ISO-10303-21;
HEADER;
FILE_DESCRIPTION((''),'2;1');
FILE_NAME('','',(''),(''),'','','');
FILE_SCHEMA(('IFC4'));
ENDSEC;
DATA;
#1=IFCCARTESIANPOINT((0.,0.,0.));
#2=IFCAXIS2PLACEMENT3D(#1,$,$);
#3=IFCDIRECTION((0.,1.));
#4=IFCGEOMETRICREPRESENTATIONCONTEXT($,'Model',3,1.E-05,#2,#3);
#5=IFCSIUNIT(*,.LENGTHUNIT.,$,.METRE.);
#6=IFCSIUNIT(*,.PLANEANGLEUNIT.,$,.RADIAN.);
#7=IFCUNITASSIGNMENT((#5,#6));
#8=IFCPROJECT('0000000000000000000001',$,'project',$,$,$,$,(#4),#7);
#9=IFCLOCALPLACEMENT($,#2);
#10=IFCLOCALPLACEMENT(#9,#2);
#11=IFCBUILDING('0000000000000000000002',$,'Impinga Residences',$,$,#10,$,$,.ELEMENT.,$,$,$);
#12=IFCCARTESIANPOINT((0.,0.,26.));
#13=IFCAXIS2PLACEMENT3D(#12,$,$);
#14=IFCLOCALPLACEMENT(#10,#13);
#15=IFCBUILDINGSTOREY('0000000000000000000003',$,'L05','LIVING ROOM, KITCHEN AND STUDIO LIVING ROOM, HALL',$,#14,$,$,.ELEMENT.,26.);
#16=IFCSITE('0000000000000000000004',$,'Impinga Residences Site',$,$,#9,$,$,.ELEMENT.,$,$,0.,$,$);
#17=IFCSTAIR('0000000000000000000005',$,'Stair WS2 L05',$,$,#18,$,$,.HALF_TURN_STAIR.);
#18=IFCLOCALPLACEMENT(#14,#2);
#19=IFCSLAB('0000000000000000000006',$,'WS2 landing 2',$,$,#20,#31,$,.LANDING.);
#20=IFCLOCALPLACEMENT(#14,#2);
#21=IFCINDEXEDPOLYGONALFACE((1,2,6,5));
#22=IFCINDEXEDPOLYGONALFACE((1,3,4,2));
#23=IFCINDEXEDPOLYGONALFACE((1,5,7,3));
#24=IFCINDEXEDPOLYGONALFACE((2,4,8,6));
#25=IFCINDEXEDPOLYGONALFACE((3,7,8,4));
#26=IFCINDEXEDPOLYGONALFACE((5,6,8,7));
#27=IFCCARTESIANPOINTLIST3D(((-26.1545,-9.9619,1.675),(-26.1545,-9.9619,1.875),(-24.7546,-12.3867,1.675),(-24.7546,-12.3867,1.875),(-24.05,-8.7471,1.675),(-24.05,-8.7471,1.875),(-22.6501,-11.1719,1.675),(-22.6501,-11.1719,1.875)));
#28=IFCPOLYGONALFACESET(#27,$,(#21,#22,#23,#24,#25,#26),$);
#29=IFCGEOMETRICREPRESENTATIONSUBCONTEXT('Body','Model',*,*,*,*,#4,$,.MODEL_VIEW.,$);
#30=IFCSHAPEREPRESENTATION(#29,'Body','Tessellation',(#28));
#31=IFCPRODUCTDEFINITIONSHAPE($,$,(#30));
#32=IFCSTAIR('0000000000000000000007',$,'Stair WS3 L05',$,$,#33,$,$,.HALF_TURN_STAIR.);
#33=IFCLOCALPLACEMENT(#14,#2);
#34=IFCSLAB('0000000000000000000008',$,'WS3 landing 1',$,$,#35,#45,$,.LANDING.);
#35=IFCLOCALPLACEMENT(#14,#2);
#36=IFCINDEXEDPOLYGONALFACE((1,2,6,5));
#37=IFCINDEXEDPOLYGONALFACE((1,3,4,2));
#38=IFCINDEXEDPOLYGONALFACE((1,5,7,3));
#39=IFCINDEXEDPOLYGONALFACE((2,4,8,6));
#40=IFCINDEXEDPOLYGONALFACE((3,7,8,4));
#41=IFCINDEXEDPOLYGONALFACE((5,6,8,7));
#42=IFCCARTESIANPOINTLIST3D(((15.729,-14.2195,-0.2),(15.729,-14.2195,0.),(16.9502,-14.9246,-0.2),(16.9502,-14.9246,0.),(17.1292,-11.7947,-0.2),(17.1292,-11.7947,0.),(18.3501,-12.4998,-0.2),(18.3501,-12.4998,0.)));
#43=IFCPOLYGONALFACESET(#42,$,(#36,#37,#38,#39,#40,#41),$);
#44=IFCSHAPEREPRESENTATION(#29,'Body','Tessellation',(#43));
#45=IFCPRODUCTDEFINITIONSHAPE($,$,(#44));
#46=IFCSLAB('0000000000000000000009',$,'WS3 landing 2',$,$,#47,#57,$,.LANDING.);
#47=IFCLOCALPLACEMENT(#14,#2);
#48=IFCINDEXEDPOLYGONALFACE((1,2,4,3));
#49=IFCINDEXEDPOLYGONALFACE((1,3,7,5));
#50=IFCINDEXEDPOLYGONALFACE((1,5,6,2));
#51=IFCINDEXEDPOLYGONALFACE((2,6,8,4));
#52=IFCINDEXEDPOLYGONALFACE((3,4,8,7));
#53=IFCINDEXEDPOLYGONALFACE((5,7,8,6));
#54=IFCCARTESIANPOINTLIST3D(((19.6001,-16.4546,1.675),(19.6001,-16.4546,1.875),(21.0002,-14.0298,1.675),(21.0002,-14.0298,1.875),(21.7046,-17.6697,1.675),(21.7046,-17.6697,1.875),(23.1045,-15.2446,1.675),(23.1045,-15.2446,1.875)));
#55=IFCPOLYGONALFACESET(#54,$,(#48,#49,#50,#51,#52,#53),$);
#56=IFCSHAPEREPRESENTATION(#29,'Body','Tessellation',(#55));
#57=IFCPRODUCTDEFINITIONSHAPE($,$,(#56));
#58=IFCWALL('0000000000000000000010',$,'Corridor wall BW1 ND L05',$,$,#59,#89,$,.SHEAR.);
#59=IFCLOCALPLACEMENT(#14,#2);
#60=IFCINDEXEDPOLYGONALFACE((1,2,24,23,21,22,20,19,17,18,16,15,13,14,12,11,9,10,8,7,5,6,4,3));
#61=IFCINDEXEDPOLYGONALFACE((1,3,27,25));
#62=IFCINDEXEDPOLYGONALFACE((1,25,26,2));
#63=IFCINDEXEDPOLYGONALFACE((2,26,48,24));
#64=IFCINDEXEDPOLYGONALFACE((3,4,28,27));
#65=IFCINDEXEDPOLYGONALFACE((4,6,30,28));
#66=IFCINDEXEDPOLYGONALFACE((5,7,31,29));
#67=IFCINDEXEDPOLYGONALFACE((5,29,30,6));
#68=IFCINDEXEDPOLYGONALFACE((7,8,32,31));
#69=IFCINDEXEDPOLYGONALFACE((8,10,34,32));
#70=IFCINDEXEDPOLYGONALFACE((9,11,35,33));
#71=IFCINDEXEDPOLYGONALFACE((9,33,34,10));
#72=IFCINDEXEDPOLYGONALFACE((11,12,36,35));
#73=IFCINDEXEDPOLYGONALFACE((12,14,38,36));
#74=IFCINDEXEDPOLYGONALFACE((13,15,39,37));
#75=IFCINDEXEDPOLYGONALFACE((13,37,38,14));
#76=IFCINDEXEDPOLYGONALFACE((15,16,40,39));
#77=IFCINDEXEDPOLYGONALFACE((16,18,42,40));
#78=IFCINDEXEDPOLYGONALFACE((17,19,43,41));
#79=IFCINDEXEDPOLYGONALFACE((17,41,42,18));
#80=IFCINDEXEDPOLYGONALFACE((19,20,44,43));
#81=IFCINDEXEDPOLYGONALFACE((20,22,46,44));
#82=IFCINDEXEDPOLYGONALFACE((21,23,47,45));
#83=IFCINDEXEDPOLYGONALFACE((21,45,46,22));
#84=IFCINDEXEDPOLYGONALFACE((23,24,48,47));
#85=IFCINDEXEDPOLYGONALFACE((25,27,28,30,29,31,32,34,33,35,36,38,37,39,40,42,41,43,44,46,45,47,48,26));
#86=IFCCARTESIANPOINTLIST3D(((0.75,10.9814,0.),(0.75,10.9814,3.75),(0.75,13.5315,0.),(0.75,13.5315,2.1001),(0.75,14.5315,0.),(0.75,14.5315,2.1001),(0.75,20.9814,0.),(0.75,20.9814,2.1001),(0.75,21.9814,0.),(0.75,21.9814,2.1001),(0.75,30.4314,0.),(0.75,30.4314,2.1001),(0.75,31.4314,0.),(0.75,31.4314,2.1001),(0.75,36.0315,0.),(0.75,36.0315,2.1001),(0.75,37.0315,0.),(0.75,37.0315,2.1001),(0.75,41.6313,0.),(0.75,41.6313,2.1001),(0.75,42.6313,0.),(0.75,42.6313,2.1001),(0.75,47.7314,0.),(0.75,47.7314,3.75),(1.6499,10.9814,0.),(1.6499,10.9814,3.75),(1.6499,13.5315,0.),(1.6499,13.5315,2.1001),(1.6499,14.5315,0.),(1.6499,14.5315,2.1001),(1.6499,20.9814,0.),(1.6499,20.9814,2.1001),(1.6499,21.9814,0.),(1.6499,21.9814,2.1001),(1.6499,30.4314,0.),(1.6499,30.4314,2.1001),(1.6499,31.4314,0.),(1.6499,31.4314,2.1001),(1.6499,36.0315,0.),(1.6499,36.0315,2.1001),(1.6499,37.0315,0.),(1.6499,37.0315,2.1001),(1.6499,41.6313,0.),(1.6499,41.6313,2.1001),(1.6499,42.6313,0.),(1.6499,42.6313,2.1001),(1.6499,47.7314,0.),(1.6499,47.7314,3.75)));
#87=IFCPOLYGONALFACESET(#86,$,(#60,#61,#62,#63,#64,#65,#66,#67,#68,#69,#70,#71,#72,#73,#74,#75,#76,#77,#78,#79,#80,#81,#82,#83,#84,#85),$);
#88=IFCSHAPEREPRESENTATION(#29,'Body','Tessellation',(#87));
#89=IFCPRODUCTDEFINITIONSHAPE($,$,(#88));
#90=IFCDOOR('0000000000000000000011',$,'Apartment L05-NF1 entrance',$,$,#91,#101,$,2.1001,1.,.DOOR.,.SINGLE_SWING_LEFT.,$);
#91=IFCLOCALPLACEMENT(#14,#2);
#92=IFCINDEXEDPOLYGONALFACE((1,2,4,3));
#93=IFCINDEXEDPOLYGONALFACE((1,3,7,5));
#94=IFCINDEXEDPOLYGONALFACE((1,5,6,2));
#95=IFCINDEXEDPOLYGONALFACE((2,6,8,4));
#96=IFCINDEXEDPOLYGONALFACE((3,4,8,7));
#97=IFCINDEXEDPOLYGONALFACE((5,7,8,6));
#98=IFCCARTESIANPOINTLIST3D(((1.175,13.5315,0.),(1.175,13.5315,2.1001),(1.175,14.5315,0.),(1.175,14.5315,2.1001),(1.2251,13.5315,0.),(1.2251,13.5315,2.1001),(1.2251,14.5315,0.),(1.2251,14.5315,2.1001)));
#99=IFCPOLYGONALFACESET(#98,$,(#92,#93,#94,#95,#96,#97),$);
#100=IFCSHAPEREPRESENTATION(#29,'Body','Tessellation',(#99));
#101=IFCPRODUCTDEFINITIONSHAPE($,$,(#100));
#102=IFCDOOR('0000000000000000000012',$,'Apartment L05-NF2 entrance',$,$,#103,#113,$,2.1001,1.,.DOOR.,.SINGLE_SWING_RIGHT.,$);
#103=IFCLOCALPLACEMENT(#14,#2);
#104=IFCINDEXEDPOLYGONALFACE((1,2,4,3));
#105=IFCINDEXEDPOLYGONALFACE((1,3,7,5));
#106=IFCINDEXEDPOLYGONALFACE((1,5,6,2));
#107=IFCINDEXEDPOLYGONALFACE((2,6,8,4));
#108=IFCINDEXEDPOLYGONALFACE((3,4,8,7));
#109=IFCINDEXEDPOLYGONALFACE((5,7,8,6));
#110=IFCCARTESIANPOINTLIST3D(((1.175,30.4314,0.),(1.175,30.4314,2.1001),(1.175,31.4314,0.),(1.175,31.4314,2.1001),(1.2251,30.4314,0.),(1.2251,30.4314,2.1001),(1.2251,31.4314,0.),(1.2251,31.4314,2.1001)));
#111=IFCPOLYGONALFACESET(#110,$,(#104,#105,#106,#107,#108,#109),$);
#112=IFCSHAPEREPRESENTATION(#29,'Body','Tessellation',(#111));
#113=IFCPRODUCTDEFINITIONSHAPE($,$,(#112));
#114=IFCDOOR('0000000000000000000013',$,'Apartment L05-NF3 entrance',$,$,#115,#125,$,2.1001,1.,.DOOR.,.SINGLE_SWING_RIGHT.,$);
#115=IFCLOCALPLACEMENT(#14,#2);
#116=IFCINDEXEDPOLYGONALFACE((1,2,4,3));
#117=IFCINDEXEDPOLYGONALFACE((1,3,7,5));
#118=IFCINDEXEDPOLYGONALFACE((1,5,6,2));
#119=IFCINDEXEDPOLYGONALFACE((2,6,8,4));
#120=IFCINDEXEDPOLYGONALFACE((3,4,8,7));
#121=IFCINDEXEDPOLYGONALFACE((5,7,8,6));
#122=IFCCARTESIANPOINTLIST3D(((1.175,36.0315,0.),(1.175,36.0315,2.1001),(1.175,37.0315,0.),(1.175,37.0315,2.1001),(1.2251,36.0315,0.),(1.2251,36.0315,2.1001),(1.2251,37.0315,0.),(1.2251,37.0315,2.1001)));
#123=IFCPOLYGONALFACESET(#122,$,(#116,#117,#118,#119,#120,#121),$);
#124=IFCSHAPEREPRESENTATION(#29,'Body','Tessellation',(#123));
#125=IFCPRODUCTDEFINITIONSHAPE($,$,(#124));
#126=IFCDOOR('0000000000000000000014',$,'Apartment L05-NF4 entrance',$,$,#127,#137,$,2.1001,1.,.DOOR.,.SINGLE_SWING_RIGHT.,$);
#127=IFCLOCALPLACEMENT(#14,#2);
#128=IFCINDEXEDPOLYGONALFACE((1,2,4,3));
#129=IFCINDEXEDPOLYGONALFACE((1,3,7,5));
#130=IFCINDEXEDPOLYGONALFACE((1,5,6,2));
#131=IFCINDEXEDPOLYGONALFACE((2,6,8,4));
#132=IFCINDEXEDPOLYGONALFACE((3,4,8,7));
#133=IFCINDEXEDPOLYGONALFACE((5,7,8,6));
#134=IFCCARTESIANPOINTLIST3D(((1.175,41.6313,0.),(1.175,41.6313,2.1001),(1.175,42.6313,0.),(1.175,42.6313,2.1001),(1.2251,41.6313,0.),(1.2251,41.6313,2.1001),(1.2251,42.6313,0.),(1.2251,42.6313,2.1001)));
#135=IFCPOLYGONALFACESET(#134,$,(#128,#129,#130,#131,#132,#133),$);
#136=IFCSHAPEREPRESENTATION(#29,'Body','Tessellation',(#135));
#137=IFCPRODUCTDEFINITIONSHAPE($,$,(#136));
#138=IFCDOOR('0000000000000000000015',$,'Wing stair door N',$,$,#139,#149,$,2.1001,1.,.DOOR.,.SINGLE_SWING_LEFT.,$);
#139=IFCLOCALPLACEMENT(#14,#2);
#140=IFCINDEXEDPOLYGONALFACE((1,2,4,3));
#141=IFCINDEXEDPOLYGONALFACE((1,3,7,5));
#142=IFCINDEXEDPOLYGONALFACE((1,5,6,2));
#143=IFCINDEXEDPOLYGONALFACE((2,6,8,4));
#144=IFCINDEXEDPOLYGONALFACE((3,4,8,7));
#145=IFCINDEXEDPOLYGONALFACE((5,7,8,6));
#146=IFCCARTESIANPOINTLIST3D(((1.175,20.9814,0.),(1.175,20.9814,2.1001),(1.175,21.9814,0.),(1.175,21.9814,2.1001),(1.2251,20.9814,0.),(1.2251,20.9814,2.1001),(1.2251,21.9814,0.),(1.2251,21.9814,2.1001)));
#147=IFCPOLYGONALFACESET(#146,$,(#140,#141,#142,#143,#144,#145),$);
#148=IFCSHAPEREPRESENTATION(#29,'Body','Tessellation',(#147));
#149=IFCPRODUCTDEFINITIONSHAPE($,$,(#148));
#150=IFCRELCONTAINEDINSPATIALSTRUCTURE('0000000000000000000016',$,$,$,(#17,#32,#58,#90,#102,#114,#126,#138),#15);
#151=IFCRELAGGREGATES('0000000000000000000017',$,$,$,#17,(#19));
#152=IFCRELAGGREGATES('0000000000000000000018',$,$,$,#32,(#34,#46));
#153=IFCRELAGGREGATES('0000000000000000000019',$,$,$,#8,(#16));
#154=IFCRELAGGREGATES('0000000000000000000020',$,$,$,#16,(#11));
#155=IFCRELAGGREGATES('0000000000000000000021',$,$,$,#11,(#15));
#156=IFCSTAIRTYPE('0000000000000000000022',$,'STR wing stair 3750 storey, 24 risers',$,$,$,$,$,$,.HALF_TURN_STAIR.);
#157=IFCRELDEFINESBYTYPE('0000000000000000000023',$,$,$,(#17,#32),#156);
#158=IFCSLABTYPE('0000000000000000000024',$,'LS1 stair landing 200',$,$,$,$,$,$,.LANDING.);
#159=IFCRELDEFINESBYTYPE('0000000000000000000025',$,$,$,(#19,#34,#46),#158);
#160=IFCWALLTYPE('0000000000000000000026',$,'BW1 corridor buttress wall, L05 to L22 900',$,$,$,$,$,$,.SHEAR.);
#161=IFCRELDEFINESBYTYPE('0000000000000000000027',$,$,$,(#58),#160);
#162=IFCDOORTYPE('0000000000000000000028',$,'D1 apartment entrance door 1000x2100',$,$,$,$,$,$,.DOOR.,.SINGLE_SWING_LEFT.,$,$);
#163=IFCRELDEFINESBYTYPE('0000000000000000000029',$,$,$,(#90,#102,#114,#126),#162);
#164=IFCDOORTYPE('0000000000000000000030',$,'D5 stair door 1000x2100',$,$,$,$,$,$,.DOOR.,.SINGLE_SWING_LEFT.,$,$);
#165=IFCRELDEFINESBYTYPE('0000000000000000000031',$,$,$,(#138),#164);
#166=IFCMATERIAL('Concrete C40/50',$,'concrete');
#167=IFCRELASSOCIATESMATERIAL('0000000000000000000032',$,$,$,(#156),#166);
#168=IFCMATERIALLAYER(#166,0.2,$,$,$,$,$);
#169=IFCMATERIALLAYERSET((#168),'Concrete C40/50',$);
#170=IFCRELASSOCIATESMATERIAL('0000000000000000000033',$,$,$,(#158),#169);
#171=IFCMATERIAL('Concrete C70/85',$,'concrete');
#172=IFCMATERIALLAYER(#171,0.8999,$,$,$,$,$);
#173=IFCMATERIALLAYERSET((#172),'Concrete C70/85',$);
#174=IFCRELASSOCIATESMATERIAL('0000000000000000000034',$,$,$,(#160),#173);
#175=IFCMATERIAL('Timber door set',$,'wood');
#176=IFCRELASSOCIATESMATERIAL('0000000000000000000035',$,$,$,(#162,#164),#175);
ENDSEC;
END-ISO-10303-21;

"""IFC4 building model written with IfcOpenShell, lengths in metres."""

from ifc_helpers import new_model, si_unit, direction, frame, frame_2d, origin, place, context, subcontext, project, spatial, polyline, rectangle, outline, extrude, material, layer, layer_set, type_object, element, fill, aggregate, save


model = new_model("IFC4")

# Units and contexts
model_context = context("Model", 3, precision=1e-05, world=origin(), true_north=direction((0.0, 1.0)))
body_context = subcontext(model_context, "Body", "Model", "MODEL_VIEW")
ifc_project = project(units=[si_unit("LENGTHUNIT", "METRE"), si_unit("PLANEANGLEUNIT", "RADIAN")], contexts=[model_context])

# Site, building, storey
site_placement = place(None, origin())
site = spatial("IfcSite", under=ifc_project, at=site_placement, Name="Impinga Residences Site", CompositionType="ELEMENT", RefElevation=0.0)
building_placement = place(site_placement, origin())
building = spatial("IfcBuilding", under=site, at=building_placement, Name="Impinga Residences", CompositionType="ELEMENT")
storey_placement = place(building_placement, frame((0.0, 0.0, 26.0)))
storey = spatial("IfcBuildingStorey", under=building, at=storey_placement, Name="L05", Description="LIVING ROOM, KITCHEN AND STUDIO LIVING ROOM, HALL", CompositionType="ELEMENT", Elevation=26.0)

# Stair, slab
ifc_material_1 = material(Name="Concrete C40/50", Category="concrete")
stair_type_1 = type_object("IfcStairType", Name="STR wing stair 3750 storey, 24 risers", PredefinedType="HALF_TURN_STAIR", material=ifc_material_1)
stair_1_placement = place(storey_placement, origin())
stair_1 = element("IfcStair", 1, at=stair_1_placement, inside=storey, type_object=stair_type_1, Name="Stair WS2 L05", PredefinedType="HALF_TURN_STAIR")
ifc_layer_1 = layer(ifc_material_1, 0.2)
ifc_layer_set_1 = layer_set([ifc_layer_1], Name="Concrete C40/50")
slab_type = type_object("IfcSlabType", Name="LS1 stair landing 200", PredefinedType="LANDING", material=ifc_layer_set_1)
slab_1_placement = place(storey_placement, frame((0.0, 0.0, 1.675)))
slab_1 = element("IfcSlab", 2, at=slab_1_placement, type_object=slab_type, Name="WS2 landing 2", PredefinedType="LANDING", context=body_context, shape_type="SweptSolid", body=[
    extrude(outline(polyline([(-22.6501, -11.1719), (-24.05, -8.7471), (-26.1545, -9.9619), (-24.7546, -12.3867), (-22.6501, -11.1719)])), origin(), (0.0, 0.0, 1.0), 0.2),
])
aggregate(stair_1, [slab_1])

# Stair, slabs
stair_2_placement = place(storey_placement, origin())
stair_2 = element("IfcStair", 3, at=stair_2_placement, inside=storey, type_object=stair_type_1, Name="Stair WS3 L05", PredefinedType="HALF_TURN_STAIR")
slab_2_placement = place(storey_placement, frame((0.0, 0.0, -0.2)))
slab_2 = element("IfcSlab", 4, at=slab_2_placement, type_object=slab_type, Name="WS3 landing 1", PredefinedType="LANDING", context=body_context, shape_type="SweptSolid", body=[
    extrude(outline(polyline([(17.1292, -11.7947), (15.729, -14.2195), (16.9502, -14.9246), (18.3501, -12.4998), (17.1292, -11.7947)])), origin(), (0.0, 0.0, 1.0), 0.2),
])
slab_3_placement = place(storey_placement, frame((0.0, 0.0, 1.675)))
slab_3 = element("IfcSlab", 5, at=slab_3_placement, type_object=slab_type, Name="WS3 landing 2", PredefinedType="LANDING", context=body_context, shape_type="SweptSolid", body=[
    extrude(outline(polyline([(21.0002, -14.0298), (19.6001, -16.4546), (21.7046, -17.6697), (23.1045, -15.2446), (21.0002, -14.0298)])), origin(), (0.0, 0.0, 1.0), 0.2),
])
aggregate(stair_2, [slab_2, slab_3])

# Wall, openings, doors
ifc_material_2 = material(Name="Concrete C70/85", Category="concrete")
ifc_layer_2 = layer(ifc_material_2, 0.8999)
ifc_layer_set_2 = layer_set([ifc_layer_2], Name="Concrete C70/85")
wall_type_1 = type_object("IfcWallType", Name="BW1 corridor buttress wall, L05 to L22 900", PredefinedType="SHEAR", material=ifc_layer_set_2)
wall_1_placement = place(storey_placement, frame((1.2, 10.9814, 0.0), z_axis=(0.0, 0.0, 1.0), x_axis=(0.0, 1.0, 0.0)))
wall_1 = element("IfcWall", 6, at=wall_1_placement, inside=storey, type_object=wall_type_1, Name="Corridor wall BW1 ND L05", PredefinedType="SHEAR", context=body_context, shape_type="SweptSolid", body=[
    extrude(rectangle(XDim=36.75, YDim=0.8999, at=frame_2d((18.375, 0.0))), origin(), (0.0, 0.0, 1.0), 3.75),
])
opening_1_placement = place(wall_1_placement, frame((10.0, 0.0, 0.0)))
opening_1 = element("IfcOpeningElement", 7, at=opening_1_placement, cuts=wall_1, PredefinedType="OPENING", context=body_context, shape_type="SweptSolid", body=[
    extrude(rectangle(XDim=1.0, YDim=2.1001, at=frame_2d((0.5, 1.05))), frame((0.0, 0.46, 0.0), z_axis=(0.0, -1.0, 0.0), x_axis=(1.0, 0.0, 0.0)), (0.0, 0.0, 1.0), 0.9199),
])
opening_2_placement = place(wall_1_placement, frame((2.55, 0.0, 0.0)))
opening_2 = element("IfcOpeningElement", 8, at=opening_2_placement, cuts=wall_1, PredefinedType="OPENING", context=body_context, shape_type="SweptSolid", body=[
    extrude(rectangle(XDim=1.0, YDim=2.1001, at=frame_2d((0.5, 1.05))), frame((0.0, 0.46, 0.0), z_axis=(0.0, -1.0, 0.0), x_axis=(1.0, 0.0, 0.0)), (0.0, 0.0, 1.0), 0.9199),
])
opening_3_placement = place(wall_1_placement, frame((19.45, 0.0, 0.0)))
opening_3 = element("IfcOpeningElement", 9, at=opening_3_placement, cuts=wall_1, PredefinedType="OPENING", context=body_context, shape_type="SweptSolid", body=[
    extrude(rectangle(XDim=1.0, YDim=2.1001, at=frame_2d((0.5, 1.05))), frame((0.0, 0.46, 0.0), z_axis=(0.0, -1.0, 0.0), x_axis=(1.0, 0.0, 0.0)), (0.0, 0.0, 1.0), 0.9199),
])
opening_4_placement = place(wall_1_placement, frame((25.05, 0.0, 0.0)))
opening_4 = element("IfcOpeningElement", 10, at=opening_4_placement, cuts=wall_1, PredefinedType="OPENING", context=body_context, shape_type="SweptSolid", body=[
    extrude(rectangle(XDim=1.0, YDim=2.1001, at=frame_2d((0.5, 1.05))), frame((0.0, 0.46, 0.0), z_axis=(0.0, -1.0, 0.0), x_axis=(1.0, 0.0, 0.0)), (0.0, 0.0, 1.0), 0.9199),
])
opening_5_placement = place(wall_1_placement, frame((30.6499, 0.0, 0.0)))
opening_5 = element("IfcOpeningElement", 11, at=opening_5_placement, cuts=wall_1, PredefinedType="OPENING", context=body_context, shape_type="SweptSolid", body=[
    extrude(rectangle(XDim=1.0, YDim=2.1001, at=frame_2d((0.5, 1.05))), frame((0.0, 0.46, 0.0), z_axis=(0.0, -1.0, 0.0), x_axis=(1.0, 0.0, 0.0)), (0.0, 0.0, 1.0), 0.9199),
])
ifc_material_3 = material(Name="Timber door set", Category="wood")
door_type_1 = type_object("IfcDoorType", Name="D1 apartment entrance door 1000x2100", OperationType="SINGLE_SWING_LEFT", PredefinedType="DOOR", material=ifc_material_3)
door_1_placement = place(opening_2_placement, origin())
door_1 = element("IfcDoor", 12, at=door_1_placement, inside=storey, type_object=door_type_1, Name="Apartment L05-NF1 entrance", OperationType="SINGLE_SWING_LEFT", OverallHeight=2.1001, OverallWidth=1.0, PredefinedType="DOOR", context=body_context, shape_type="SweptSolid", body=[
    extrude(rectangle(XDim=1.0, YDim=2.1001, at=frame_2d((0.5, 1.05))), frame((0.0, 0.0249, 0.0), z_axis=(0.0, -1.0, 0.0), x_axis=(1.0, 0.0, 0.0)), (0.0, 0.0, 1.0), 0.05),
])
fill(opening_2, door_1)
door_2_placement = place(opening_3_placement, origin())
door_2 = element("IfcDoor", 13, at=door_2_placement, inside=storey, type_object=door_type_1, Name="Apartment L05-NF2 entrance", OperationType="SINGLE_SWING_RIGHT", OverallHeight=2.1001, OverallWidth=1.0, PredefinedType="DOOR", context=body_context, shape_type="SweptSolid", body=[
    extrude(rectangle(XDim=1.0, YDim=2.1001, at=frame_2d((0.5, 1.05))), frame((0.0, 0.0249, 0.0), z_axis=(0.0, -1.0, 0.0), x_axis=(1.0, 0.0, 0.0)), (0.0, 0.0, 1.0), 0.05),
])
fill(opening_3, door_2)
door_3_placement = place(opening_4_placement, origin())
door_3 = element("IfcDoor", 14, at=door_3_placement, inside=storey, type_object=door_type_1, Name="Apartment L05-NF3 entrance", OperationType="SINGLE_SWING_RIGHT", OverallHeight=2.1001, OverallWidth=1.0, PredefinedType="DOOR", context=body_context, shape_type="SweptSolid", body=[
    extrude(rectangle(XDim=1.0, YDim=2.1001, at=frame_2d((0.5, 1.05))), frame((0.0, 0.0249, 0.0), z_axis=(0.0, -1.0, 0.0), x_axis=(1.0, 0.0, 0.0)), (0.0, 0.0, 1.0), 0.05),
])
fill(opening_4, door_3)
door_4_placement = place(opening_5_placement, origin())
door_4 = element("IfcDoor", 15, at=door_4_placement, inside=storey, type_object=door_type_1, Name="Apartment L05-NF4 entrance", OperationType="SINGLE_SWING_RIGHT", OverallHeight=2.1001, OverallWidth=1.0, PredefinedType="DOOR", context=body_context, shape_type="SweptSolid", body=[
    extrude(rectangle(XDim=1.0, YDim=2.1001, at=frame_2d((0.5, 1.05))), frame((0.0, 0.0249, 0.0), z_axis=(0.0, -1.0, 0.0), x_axis=(1.0, 0.0, 0.0)), (0.0, 0.0, 1.0), 0.05),
])
fill(opening_5, door_4)
door_type_2 = type_object("IfcDoorType", Name="D5 stair door 1000x2100", OperationType="SINGLE_SWING_LEFT", PredefinedType="DOOR", material=ifc_material_3)
door_5_placement = place(opening_1_placement, origin())
door_5 = element("IfcDoor", 16, at=door_5_placement, inside=storey, type_object=door_type_2, Name="Wing stair door N", OperationType="SINGLE_SWING_LEFT", OverallHeight=2.1001, OverallWidth=1.0, PredefinedType="DOOR", context=body_context, shape_type="SweptSolid", body=[
    extrude(rectangle(XDim=1.0, YDim=2.1001, at=frame_2d((0.5, 1.05))), frame((0.0, 0.0249, 0.0), z_axis=(0.0, -1.0, 0.0), x_axis=(1.0, 0.0, 0.0)), (0.0, 0.0, 1.0), 0.05),
])
fill(opening_1, door_5)

save(model, "model.ifc")
